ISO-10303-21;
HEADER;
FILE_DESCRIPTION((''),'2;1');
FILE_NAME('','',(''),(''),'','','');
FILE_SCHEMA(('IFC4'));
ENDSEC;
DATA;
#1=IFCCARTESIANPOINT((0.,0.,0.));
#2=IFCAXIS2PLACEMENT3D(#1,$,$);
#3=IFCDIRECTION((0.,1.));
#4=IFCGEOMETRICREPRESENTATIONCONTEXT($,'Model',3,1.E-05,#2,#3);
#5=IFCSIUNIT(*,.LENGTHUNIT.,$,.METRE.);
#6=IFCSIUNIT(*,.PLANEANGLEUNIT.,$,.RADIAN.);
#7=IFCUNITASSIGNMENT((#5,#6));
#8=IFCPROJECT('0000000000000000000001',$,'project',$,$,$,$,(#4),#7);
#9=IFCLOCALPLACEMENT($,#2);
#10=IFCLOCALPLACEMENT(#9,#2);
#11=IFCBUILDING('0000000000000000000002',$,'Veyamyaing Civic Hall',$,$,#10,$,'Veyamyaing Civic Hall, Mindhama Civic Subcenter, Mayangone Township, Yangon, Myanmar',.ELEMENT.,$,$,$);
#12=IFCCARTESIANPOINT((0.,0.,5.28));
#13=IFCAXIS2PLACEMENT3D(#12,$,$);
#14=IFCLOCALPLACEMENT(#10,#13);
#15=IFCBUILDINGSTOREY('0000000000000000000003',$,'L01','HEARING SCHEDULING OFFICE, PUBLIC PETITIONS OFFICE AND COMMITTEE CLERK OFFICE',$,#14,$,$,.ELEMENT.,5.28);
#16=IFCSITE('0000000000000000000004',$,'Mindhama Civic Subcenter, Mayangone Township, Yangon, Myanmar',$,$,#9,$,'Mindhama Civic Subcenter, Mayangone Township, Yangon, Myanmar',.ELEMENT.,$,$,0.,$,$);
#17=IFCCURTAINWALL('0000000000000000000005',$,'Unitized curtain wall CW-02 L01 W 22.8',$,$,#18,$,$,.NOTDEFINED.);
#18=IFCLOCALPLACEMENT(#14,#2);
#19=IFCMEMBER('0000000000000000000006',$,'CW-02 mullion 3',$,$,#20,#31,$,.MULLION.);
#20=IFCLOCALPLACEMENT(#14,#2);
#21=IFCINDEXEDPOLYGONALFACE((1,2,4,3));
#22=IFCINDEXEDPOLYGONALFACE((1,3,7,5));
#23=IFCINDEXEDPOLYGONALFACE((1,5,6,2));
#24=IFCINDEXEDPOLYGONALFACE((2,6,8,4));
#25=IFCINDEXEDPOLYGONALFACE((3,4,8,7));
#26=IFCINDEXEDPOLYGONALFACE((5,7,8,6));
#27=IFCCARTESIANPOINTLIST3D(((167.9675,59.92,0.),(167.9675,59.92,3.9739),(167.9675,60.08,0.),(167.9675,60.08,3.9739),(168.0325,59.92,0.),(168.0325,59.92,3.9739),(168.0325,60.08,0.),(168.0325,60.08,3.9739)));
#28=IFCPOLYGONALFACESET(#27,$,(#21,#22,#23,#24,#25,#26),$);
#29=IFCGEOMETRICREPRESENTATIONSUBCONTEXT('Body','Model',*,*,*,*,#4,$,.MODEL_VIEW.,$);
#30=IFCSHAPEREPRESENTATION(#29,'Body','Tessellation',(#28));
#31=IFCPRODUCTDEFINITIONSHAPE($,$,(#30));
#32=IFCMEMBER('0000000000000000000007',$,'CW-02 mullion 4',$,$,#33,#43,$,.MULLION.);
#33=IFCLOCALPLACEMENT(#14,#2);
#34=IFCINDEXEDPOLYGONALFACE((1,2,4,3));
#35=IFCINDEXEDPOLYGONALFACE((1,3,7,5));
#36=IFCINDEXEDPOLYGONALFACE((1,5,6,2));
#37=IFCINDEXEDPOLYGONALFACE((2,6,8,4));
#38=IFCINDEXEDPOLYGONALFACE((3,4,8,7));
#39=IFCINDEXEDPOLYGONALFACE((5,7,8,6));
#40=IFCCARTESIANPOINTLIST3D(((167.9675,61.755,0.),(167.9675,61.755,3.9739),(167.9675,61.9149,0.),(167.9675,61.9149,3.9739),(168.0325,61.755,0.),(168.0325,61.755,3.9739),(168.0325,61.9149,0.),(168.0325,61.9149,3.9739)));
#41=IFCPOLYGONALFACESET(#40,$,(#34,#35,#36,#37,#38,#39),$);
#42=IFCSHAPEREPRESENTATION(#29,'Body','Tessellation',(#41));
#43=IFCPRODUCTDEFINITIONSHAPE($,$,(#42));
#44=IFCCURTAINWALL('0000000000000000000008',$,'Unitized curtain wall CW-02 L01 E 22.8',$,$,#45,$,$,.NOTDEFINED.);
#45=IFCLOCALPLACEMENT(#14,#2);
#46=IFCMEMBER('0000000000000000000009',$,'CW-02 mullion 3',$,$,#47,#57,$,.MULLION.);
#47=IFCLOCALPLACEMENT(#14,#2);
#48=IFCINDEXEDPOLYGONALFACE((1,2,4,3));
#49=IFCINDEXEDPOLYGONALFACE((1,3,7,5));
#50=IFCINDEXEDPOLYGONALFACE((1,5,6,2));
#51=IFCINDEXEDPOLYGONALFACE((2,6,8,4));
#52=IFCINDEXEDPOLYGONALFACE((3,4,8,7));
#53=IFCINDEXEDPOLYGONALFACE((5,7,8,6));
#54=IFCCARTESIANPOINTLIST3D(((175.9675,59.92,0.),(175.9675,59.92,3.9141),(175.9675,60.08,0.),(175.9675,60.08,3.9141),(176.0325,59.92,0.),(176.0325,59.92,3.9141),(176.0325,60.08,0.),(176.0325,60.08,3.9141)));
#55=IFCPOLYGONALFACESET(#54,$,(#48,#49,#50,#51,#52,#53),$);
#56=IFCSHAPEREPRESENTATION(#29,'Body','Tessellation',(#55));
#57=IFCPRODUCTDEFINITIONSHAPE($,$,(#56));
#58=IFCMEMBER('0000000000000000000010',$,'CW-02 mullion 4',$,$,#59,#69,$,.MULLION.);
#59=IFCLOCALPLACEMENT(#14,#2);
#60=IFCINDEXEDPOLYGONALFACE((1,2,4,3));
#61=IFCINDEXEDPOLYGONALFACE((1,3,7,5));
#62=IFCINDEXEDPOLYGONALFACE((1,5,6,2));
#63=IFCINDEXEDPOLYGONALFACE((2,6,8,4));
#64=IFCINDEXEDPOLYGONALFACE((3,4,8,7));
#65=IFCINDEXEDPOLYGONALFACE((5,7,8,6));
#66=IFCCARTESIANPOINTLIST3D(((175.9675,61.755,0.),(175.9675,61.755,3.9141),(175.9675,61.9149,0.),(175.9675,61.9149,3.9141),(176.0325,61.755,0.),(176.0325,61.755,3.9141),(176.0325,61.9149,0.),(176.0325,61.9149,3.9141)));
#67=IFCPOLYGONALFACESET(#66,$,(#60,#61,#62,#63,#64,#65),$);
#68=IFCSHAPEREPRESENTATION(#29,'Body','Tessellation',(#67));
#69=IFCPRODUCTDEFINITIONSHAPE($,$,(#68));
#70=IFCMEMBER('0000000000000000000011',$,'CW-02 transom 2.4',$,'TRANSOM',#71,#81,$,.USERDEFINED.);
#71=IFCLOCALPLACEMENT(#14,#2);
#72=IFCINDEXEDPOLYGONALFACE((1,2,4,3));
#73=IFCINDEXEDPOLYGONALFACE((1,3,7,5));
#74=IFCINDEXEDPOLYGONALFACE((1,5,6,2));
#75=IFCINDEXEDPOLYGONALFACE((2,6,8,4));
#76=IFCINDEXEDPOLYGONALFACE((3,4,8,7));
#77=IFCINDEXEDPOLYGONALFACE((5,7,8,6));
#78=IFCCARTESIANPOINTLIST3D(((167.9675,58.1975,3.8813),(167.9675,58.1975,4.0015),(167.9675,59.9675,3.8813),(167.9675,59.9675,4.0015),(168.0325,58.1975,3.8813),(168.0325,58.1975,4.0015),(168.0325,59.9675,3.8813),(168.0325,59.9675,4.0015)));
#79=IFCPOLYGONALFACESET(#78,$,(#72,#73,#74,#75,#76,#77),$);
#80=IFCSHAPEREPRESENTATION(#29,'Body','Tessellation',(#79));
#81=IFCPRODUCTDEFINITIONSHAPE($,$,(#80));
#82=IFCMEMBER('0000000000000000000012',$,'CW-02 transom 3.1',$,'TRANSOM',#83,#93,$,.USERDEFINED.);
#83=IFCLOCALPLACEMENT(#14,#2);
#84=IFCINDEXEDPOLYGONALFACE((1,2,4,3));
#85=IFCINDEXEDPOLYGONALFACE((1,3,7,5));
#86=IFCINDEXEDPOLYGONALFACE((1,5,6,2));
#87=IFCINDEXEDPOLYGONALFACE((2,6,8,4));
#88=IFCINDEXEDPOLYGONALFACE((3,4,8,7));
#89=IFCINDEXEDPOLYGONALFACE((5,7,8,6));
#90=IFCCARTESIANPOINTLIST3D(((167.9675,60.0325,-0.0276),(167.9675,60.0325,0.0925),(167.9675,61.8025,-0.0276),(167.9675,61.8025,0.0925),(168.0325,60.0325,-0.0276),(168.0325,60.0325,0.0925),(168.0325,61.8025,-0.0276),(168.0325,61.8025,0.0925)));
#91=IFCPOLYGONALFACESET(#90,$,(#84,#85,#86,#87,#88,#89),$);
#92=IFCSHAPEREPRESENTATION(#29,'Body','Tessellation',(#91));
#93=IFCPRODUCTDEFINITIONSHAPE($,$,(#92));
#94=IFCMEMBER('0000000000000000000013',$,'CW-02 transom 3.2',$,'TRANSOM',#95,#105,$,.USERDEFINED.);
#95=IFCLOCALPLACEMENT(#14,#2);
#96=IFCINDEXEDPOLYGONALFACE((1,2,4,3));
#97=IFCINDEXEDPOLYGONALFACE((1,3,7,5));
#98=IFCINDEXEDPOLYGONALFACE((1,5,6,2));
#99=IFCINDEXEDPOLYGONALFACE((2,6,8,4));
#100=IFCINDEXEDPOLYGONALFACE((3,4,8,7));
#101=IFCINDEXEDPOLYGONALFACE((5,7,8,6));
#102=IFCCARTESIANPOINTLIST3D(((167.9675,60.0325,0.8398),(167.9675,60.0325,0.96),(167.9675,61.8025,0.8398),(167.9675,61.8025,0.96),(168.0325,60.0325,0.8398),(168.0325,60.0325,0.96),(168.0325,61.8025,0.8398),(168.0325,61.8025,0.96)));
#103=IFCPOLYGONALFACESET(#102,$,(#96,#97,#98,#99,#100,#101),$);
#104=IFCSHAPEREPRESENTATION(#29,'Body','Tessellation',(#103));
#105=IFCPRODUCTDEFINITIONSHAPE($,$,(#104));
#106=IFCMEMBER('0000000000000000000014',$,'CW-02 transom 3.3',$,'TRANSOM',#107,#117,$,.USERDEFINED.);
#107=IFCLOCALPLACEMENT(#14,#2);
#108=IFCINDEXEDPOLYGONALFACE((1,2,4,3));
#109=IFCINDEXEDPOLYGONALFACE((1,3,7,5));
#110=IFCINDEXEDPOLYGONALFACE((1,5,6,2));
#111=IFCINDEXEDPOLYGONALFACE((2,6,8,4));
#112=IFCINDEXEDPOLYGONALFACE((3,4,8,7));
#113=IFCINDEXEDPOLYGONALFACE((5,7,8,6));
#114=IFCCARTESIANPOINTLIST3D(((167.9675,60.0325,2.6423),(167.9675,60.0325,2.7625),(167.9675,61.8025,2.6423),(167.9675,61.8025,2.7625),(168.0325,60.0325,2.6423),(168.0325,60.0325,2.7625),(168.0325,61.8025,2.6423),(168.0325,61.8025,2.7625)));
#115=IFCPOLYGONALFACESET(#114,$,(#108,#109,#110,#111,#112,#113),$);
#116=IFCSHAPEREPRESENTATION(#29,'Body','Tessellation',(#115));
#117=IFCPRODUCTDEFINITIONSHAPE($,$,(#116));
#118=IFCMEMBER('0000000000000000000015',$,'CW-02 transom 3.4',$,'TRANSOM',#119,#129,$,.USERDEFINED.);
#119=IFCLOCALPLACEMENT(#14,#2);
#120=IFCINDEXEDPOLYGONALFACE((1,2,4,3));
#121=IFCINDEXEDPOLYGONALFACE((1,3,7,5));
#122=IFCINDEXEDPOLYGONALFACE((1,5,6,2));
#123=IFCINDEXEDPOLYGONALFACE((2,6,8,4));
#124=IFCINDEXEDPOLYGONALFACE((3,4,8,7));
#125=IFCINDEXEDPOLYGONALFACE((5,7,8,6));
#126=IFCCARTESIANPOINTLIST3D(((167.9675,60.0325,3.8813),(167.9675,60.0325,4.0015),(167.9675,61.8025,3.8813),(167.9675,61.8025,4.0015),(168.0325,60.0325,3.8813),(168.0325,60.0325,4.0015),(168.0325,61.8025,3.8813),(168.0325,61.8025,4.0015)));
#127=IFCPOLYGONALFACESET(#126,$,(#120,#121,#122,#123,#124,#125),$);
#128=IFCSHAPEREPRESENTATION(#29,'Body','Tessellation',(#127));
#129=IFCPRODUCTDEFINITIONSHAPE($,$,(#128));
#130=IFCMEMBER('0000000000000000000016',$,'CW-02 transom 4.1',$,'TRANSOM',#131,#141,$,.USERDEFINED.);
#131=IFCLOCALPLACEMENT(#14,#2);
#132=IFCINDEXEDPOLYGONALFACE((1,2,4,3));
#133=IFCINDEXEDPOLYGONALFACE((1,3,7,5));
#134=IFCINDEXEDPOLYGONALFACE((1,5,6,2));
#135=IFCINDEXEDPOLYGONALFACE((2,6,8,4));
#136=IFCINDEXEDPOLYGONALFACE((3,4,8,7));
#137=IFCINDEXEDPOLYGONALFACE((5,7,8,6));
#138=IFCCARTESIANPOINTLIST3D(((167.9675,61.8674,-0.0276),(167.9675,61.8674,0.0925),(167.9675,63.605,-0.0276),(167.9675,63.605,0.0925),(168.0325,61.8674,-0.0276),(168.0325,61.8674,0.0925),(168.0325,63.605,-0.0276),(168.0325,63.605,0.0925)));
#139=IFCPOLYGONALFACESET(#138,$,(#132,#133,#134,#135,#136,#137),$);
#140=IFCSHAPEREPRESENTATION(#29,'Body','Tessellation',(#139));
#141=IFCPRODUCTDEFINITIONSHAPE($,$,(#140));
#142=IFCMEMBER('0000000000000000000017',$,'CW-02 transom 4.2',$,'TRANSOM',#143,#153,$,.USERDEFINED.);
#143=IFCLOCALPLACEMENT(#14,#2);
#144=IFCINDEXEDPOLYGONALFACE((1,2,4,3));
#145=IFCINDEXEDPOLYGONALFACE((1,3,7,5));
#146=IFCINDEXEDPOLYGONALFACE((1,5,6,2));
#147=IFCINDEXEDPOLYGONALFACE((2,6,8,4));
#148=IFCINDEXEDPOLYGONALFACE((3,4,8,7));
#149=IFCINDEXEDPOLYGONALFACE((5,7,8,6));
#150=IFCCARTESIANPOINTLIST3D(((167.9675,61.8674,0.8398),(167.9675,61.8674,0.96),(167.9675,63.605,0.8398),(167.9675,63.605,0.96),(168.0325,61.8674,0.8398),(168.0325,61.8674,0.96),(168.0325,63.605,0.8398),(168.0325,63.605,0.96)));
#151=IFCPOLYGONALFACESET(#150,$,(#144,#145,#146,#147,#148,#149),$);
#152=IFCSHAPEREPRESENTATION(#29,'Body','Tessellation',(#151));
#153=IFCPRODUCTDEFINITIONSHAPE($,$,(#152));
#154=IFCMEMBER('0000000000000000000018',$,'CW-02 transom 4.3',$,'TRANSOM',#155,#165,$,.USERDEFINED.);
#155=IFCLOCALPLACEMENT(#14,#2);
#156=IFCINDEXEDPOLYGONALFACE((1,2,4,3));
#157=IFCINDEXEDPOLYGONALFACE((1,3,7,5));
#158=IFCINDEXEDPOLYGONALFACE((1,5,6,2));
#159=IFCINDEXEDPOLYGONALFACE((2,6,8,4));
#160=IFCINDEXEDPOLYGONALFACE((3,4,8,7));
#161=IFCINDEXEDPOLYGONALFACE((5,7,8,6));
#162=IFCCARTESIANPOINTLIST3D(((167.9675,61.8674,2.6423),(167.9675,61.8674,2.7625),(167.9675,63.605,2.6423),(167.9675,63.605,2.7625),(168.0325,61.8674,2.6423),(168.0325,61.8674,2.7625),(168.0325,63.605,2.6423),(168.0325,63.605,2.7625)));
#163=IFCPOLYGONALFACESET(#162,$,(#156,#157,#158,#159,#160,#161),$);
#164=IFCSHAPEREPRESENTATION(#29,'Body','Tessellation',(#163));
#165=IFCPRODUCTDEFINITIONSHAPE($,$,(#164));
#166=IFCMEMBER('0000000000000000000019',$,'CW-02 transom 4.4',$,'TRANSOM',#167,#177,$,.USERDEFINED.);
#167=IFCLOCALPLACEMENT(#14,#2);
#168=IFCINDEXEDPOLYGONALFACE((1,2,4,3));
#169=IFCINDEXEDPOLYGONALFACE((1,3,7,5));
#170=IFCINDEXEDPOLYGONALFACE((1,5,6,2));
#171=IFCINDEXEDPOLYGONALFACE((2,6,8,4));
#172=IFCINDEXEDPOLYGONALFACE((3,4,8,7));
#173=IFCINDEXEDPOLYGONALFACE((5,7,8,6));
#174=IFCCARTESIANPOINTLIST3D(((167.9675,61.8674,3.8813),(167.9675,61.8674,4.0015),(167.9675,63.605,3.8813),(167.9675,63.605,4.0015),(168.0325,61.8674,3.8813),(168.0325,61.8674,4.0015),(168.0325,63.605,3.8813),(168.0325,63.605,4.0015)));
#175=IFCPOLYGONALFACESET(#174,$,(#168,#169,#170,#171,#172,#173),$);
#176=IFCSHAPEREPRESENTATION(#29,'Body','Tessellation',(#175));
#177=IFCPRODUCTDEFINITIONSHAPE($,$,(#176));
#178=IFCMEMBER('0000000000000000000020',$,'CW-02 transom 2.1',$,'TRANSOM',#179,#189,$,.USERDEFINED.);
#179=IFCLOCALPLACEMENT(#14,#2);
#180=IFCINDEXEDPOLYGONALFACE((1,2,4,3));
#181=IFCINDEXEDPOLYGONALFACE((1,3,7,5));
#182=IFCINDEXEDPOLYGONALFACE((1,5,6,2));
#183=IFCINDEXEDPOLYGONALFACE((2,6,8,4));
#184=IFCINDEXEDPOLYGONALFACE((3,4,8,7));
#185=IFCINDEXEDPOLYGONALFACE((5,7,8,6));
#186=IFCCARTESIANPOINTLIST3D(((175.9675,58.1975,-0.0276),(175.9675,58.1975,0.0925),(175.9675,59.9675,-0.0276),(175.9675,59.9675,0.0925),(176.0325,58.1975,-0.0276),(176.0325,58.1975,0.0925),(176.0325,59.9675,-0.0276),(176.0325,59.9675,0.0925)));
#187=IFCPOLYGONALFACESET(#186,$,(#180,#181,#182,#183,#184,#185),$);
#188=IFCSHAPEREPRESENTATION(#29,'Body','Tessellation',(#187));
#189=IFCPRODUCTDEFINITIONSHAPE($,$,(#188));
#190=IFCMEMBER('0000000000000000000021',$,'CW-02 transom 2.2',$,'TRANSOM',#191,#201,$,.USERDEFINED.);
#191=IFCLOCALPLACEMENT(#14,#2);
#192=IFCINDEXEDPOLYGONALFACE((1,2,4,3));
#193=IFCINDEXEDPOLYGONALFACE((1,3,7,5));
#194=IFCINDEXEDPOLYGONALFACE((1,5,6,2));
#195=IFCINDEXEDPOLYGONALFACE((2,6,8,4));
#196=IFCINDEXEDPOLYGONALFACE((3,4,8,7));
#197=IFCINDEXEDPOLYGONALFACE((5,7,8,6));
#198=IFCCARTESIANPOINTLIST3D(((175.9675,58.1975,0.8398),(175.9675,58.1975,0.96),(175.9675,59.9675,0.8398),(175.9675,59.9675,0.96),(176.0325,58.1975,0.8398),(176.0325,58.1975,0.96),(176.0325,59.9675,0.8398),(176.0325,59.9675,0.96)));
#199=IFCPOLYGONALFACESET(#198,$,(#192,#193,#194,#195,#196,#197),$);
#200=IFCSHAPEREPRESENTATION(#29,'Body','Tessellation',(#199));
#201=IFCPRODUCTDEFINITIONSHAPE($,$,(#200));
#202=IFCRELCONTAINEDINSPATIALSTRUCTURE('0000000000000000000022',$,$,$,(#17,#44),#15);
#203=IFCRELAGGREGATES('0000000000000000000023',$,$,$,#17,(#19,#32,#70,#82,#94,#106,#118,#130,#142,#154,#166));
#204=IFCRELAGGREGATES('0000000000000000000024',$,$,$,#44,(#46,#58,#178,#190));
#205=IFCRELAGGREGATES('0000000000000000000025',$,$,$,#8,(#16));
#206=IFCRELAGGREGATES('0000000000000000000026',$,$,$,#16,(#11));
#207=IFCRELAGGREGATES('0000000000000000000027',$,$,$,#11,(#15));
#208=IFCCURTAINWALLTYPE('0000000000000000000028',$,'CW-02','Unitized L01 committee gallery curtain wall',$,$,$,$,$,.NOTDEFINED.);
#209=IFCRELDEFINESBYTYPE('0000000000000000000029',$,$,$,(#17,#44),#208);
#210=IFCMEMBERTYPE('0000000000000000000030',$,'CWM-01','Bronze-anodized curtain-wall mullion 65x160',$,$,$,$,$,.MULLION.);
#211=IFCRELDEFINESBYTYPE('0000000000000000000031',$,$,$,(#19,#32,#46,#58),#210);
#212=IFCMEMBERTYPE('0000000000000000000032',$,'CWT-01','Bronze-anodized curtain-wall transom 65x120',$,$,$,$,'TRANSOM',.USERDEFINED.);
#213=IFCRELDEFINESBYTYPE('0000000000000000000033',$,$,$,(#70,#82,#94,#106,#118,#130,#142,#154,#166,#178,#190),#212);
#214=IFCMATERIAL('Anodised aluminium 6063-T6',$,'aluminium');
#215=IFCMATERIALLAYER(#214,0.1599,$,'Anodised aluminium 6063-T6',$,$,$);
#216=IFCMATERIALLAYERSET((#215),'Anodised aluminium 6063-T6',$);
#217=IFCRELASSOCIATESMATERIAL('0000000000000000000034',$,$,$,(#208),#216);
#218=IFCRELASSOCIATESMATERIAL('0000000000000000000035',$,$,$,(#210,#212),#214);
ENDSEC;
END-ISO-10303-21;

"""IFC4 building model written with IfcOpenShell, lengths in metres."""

from ifc_helpers import new_model, si_unit, direction, frame, origin, origin_2d, place, context, subcontext, project, spatial, rectangle, extrude, material, layer, layer_set, material_profile, profile_set, type_object, element, aggregate, save


model = new_model("IFC4")

# Units and contexts
model_context = context("Model", 3, precision=1e-05, world=origin(), true_north=direction((0.0, 1.0)))
body_context = subcontext(model_context, "Body", "Model", "MODEL_VIEW")
ifc_project = project(units=[si_unit("LENGTHUNIT", "METRE"), si_unit("PLANEANGLEUNIT", "RADIAN")], contexts=[model_context])

# Site, building, storey
site_placement = place(None, origin())
site = spatial("IfcSite", under=ifc_project, at=site_placement, Name="Mindhama Civic Subcenter, Mayangone Township, Yangon, Myanmar", LongName="Mindhama Civic Subcenter, Mayangone Township, Yangon, Myanmar", CompositionType="ELEMENT", RefElevation=0.0)
building_placement = place(site_placement, origin())
building = spatial("IfcBuilding", under=site, at=building_placement, Name="Veyamyaing Civic Hall", LongName="Veyamyaing Civic Hall, Mindhama Civic Subcenter, Mayangone Township, Yangon, Myanmar", CompositionType="ELEMENT")
storey_placement = place(building_placement, frame((0.0, 0.0, 5.28)))
storey = spatial("IfcBuildingStorey", under=building, at=storey_placement, Name="L01", Description="HEARING SCHEDULING OFFICE, PUBLIC PETITIONS OFFICE AND COMMITTEE CLERK OFFICE", CompositionType="ELEMENT", Elevation=5.28)

# Curtain walls, members
ifc_material_1 = material(Name="Anodised aluminium 6063-T6", Category="aluminium")
ifc_layer_1 = layer(ifc_material_1, 0.1599, Name="Anodised aluminium 6063-T6")
ifc_layer_set_1 = layer_set([ifc_layer_1], Name="Anodised aluminium 6063-T6")
curtain_wall_type = type_object("IfcCurtainWallType", Name="CW-02", Description="Unitized L01 committee gallery curtain wall", PredefinedType="NOTDEFINED", material=ifc_layer_set_1)
curtain_wall_1_placement = place(storey_placement, origin())
curtain_wall_1 = element("IfcCurtainWall", 1, at=curtain_wall_1_placement, inside=storey, type_object=curtain_wall_type, Name="Unitized curtain wall CW-02 L01 W 22.8", PredefinedType="NOTDEFINED")
ifc_material_profile_1 = material_profile(ifc_material_1, rectangle(XDim=0.0649, YDim=0.1599, at=origin_2d()), Name="ALU-MUL-65X160")
ifc_profile_set_1 = profile_set([ifc_material_profile_1], Name="Anodised aluminium 6063-T6")
member_type_1 = type_object("IfcMemberType", Name="CWM-01", Description="Bronze-anodized curtain-wall mullion 65x160", PredefinedType="MULLION", material=ifc_profile_set_1)
member_1_placement = place(storey_placement, frame((168.0, 60.0, 0.0), z_axis=(0.0, 0.0, 1.0), x_axis=(-1.0, 0.0, 0.0)))
member_1 = element("IfcMember", 2, at=member_1_placement, type_object=member_type_1, Name="CW-02 mullion 3", PredefinedType="MULLION", context=body_context, shape_type="SweptSolid", body=[
    extrude(rectangle(XDim=0.0649, YDim=0.1599, at=origin_2d()), origin(), (0.0, 0.0, 1.0), 3.9739),
])
member_2_placement = place(storey_placement, frame((168.0, 61.835, 0.0), z_axis=(0.0, 0.0, 1.0), x_axis=(-1.0, 0.0, 0.0)))
member_2 = element("IfcMember", 3, at=member_2_placement, type_object=member_type_1, Name="CW-02 mullion 4", PredefinedType="MULLION", context=body_context, shape_type="SweptSolid", body=[
    extrude(rectangle(XDim=0.0649, YDim=0.1599, at=origin_2d()), origin(), (0.0, 0.0, 1.0), 3.9739),
])
curtain_wall_2_placement = place(storey_placement, origin())
curtain_wall_2 = element("IfcCurtainWall", 4, at=curtain_wall_2_placement, inside=storey, type_object=curtain_wall_type, Name="Unitized curtain wall CW-02 L01 E 22.8", PredefinedType="NOTDEFINED")
member_3_placement = place(storey_placement, frame((176.0, 60.0, 0.0), z_axis=(0.0, 0.0, 1.0), x_axis=(-1.0, 0.0, 0.0)))
member_3 = element("IfcMember", 5, at=member_3_placement, type_object=member_type_1, Name="CW-02 mullion 3", PredefinedType="MULLION", context=body_context, shape_type="SweptSolid", body=[
    extrude(rectangle(XDim=0.0649, YDim=0.1599, at=origin_2d()), origin(), (0.0, 0.0, 1.0), 3.9141),
])
member_4_placement = place(storey_placement, frame((176.0, 61.835, 0.0), z_axis=(0.0, 0.0, 1.0), x_axis=(-1.0, 0.0, 0.0)))
member_4 = element("IfcMember", 6, at=member_4_placement, type_object=member_type_1, Name="CW-02 mullion 4", PredefinedType="MULLION", context=body_context, shape_type="SweptSolid", body=[
    extrude(rectangle(XDim=0.0649, YDim=0.1599, at=origin_2d()), origin(), (0.0, 0.0, 1.0), 3.9141),
])

# Members
ifc_material_profile_2 = material_profile(ifc_material_1, rectangle(XDim=0.0649, YDim=0.1201, at=origin_2d()), Name="ALU-TRN-65X120")
ifc_profile_set_2 = profile_set([ifc_material_profile_2], Name="Anodised aluminium 6063-T6")
member_type_2 = type_object("IfcMemberType", Name="CWT-01", Description="Bronze-anodized curtain-wall transom 65x120", ElementType="TRANSOM", PredefinedType="USERDEFINED", material=ifc_profile_set_2)
member_5_placement = place(storey_placement, frame((168.0, 58.1975, 3.9414), z_axis=(0.0, 1.0, 0.0), x_axis=(-1.0, 0.0, 0.0)))
member_5 = element("IfcMember", 7, at=member_5_placement, type_object=member_type_2, Name="CW-02 transom 2.4", ObjectType="TRANSOM", PredefinedType="USERDEFINED", context=body_context, shape_type="SweptSolid", body=[
    extrude(rectangle(XDim=0.0649, YDim=0.1201, at=origin_2d()), origin(), (0.0, 0.0, 1.0), 1.77),
])
member_6_placement = place(storey_placement, frame((168.0, 60.0325, 0.0325), z_axis=(0.0, 1.0, 0.0), x_axis=(-1.0, 0.0, 0.0)))
member_6 = element("IfcMember", 8, at=member_6_placement, type_object=member_type_2, Name="CW-02 transom 3.1", ObjectType="TRANSOM", PredefinedType="USERDEFINED", context=body_context, shape_type="SweptSolid", body=[
    extrude(rectangle(XDim=0.0649, YDim=0.1201, at=origin_2d()), origin(), (0.0, 0.0, 1.0), 1.77),
])
member_7_placement = place(storey_placement, frame((168.0, 60.0325, 0.8999), z_axis=(0.0, 1.0, 0.0), x_axis=(-1.0, 0.0, 0.0)))
member_7 = element("IfcMember", 9, at=member_7_placement, type_object=member_type_2, Name="CW-02 transom 3.2", ObjectType="TRANSOM", PredefinedType="USERDEFINED", context=body_context, shape_type="SweptSolid", body=[
    extrude(rectangle(XDim=0.0649, YDim=0.1201, at=origin_2d()), origin(), (0.0, 0.0, 1.0), 1.77),
])
member_8_placement = place(storey_placement, frame((168.0, 60.0325, 2.7024), z_axis=(0.0, 1.0, 0.0), x_axis=(-1.0, 0.0, 0.0)))
member_8 = element("IfcMember", 10, at=member_8_placement, type_object=member_type_2, Name="CW-02 transom 3.3", ObjectType="TRANSOM", PredefinedType="USERDEFINED", context=body_context, shape_type="SweptSolid", body=[
    extrude(rectangle(XDim=0.0649, YDim=0.1201, at=origin_2d()), origin(), (0.0, 0.0, 1.0), 1.77),
])
member_9_placement = place(storey_placement, frame((168.0, 60.0325, 3.9414), z_axis=(0.0, 1.0, 0.0), x_axis=(-1.0, 0.0, 0.0)))
member_9 = element("IfcMember", 11, at=member_9_placement, type_object=member_type_2, Name="CW-02 transom 3.4", ObjectType="TRANSOM", PredefinedType="USERDEFINED", context=body_context, shape_type="SweptSolid", body=[
    extrude(rectangle(XDim=0.0649, YDim=0.1201, at=origin_2d()), origin(), (0.0, 0.0, 1.0), 1.77),
])
member_10_placement = place(storey_placement, frame((168.0, 61.8674, 0.0325), z_axis=(0.0, 1.0, 0.0), x_axis=(-1.0, 0.0, 0.0)))
member_10 = element("IfcMember", 12, at=member_10_placement, type_object=member_type_2, Name="CW-02 transom 4.1", ObjectType="TRANSOM", PredefinedType="USERDEFINED", context=body_context, shape_type="SweptSolid", body=[
    extrude(rectangle(XDim=0.0649, YDim=0.1201, at=origin_2d()), origin(), (0.0, 0.0, 1.0), 1.7375),
])
member_11_placement = place(storey_placement, frame((168.0, 61.8674, 0.8999), z_axis=(0.0, 1.0, 0.0), x_axis=(-1.0, 0.0, 0.0)))
member_11 = element("IfcMember", 13, at=member_11_placement, type_object=member_type_2, Name="CW-02 transom 4.2", ObjectType="TRANSOM", PredefinedType="USERDEFINED", context=body_context, shape_type="SweptSolid", body=[
    extrude(rectangle(XDim=0.0649, YDim=0.1201, at=origin_2d()), origin(), (0.0, 0.0, 1.0), 1.7375),
])
member_12_placement = place(storey_placement, frame((168.0, 61.8674, 2.7024), z_axis=(0.0, 1.0, 0.0), x_axis=(-1.0, 0.0, 0.0)))
member_12 = element("IfcMember", 14, at=member_12_placement, type_object=member_type_2, Name="CW-02 transom 4.3", ObjectType="TRANSOM", PredefinedType="USERDEFINED", context=body_context, shape_type="SweptSolid", body=[
    extrude(rectangle(XDim=0.0649, YDim=0.1201, at=origin_2d()), origin(), (0.0, 0.0, 1.0), 1.7375),
])
member_13_placement = place(storey_placement, frame((168.0, 61.8674, 3.9414), z_axis=(0.0, 1.0, 0.0), x_axis=(-1.0, 0.0, 0.0)))
member_13 = element("IfcMember", 15, at=member_13_placement, type_object=member_type_2, Name="CW-02 transom 4.4", ObjectType="TRANSOM", PredefinedType="USERDEFINED", context=body_context, shape_type="SweptSolid", body=[
    extrude(rectangle(XDim=0.0649, YDim=0.1201, at=origin_2d()), origin(), (0.0, 0.0, 1.0), 1.7375),
])
member_14_placement = place(storey_placement, frame((176.0, 58.1975, 0.0325), z_axis=(0.0, 1.0, 0.0), x_axis=(-1.0, 0.0, 0.0)))
member_14 = element("IfcMember", 16, at=member_14_placement, type_object=member_type_2, Name="CW-02 transom 2.1", ObjectType="TRANSOM", PredefinedType="USERDEFINED", context=body_context, shape_type="SweptSolid", body=[
    extrude(rectangle(XDim=0.0649, YDim=0.1201, at=origin_2d()), origin(), (0.0, 0.0, 1.0), 1.77),
])
member_15_placement = place(storey_placement, frame((176.0, 58.1975, 0.8999), z_axis=(0.0, 1.0, 0.0), x_axis=(-1.0, 0.0, 0.0)))
member_15 = element("IfcMember", 17, at=member_15_placement, type_object=member_type_2, Name="CW-02 transom 2.2", ObjectType="TRANSOM", PredefinedType="USERDEFINED", context=body_context, shape_type="SweptSolid", body=[
    extrude(rectangle(XDim=0.0649, YDim=0.1201, at=origin_2d()), origin(), (0.0, 0.0, 1.0), 1.77),
])

aggregate(curtain_wall_1, [member_1, member_2, member_5, member_6, member_7, member_8, member_9, member_10, member_11, member_12, member_13])
aggregate(curtain_wall_2, [member_3, member_4, member_14, member_15])

save(model, "model.ifc")
